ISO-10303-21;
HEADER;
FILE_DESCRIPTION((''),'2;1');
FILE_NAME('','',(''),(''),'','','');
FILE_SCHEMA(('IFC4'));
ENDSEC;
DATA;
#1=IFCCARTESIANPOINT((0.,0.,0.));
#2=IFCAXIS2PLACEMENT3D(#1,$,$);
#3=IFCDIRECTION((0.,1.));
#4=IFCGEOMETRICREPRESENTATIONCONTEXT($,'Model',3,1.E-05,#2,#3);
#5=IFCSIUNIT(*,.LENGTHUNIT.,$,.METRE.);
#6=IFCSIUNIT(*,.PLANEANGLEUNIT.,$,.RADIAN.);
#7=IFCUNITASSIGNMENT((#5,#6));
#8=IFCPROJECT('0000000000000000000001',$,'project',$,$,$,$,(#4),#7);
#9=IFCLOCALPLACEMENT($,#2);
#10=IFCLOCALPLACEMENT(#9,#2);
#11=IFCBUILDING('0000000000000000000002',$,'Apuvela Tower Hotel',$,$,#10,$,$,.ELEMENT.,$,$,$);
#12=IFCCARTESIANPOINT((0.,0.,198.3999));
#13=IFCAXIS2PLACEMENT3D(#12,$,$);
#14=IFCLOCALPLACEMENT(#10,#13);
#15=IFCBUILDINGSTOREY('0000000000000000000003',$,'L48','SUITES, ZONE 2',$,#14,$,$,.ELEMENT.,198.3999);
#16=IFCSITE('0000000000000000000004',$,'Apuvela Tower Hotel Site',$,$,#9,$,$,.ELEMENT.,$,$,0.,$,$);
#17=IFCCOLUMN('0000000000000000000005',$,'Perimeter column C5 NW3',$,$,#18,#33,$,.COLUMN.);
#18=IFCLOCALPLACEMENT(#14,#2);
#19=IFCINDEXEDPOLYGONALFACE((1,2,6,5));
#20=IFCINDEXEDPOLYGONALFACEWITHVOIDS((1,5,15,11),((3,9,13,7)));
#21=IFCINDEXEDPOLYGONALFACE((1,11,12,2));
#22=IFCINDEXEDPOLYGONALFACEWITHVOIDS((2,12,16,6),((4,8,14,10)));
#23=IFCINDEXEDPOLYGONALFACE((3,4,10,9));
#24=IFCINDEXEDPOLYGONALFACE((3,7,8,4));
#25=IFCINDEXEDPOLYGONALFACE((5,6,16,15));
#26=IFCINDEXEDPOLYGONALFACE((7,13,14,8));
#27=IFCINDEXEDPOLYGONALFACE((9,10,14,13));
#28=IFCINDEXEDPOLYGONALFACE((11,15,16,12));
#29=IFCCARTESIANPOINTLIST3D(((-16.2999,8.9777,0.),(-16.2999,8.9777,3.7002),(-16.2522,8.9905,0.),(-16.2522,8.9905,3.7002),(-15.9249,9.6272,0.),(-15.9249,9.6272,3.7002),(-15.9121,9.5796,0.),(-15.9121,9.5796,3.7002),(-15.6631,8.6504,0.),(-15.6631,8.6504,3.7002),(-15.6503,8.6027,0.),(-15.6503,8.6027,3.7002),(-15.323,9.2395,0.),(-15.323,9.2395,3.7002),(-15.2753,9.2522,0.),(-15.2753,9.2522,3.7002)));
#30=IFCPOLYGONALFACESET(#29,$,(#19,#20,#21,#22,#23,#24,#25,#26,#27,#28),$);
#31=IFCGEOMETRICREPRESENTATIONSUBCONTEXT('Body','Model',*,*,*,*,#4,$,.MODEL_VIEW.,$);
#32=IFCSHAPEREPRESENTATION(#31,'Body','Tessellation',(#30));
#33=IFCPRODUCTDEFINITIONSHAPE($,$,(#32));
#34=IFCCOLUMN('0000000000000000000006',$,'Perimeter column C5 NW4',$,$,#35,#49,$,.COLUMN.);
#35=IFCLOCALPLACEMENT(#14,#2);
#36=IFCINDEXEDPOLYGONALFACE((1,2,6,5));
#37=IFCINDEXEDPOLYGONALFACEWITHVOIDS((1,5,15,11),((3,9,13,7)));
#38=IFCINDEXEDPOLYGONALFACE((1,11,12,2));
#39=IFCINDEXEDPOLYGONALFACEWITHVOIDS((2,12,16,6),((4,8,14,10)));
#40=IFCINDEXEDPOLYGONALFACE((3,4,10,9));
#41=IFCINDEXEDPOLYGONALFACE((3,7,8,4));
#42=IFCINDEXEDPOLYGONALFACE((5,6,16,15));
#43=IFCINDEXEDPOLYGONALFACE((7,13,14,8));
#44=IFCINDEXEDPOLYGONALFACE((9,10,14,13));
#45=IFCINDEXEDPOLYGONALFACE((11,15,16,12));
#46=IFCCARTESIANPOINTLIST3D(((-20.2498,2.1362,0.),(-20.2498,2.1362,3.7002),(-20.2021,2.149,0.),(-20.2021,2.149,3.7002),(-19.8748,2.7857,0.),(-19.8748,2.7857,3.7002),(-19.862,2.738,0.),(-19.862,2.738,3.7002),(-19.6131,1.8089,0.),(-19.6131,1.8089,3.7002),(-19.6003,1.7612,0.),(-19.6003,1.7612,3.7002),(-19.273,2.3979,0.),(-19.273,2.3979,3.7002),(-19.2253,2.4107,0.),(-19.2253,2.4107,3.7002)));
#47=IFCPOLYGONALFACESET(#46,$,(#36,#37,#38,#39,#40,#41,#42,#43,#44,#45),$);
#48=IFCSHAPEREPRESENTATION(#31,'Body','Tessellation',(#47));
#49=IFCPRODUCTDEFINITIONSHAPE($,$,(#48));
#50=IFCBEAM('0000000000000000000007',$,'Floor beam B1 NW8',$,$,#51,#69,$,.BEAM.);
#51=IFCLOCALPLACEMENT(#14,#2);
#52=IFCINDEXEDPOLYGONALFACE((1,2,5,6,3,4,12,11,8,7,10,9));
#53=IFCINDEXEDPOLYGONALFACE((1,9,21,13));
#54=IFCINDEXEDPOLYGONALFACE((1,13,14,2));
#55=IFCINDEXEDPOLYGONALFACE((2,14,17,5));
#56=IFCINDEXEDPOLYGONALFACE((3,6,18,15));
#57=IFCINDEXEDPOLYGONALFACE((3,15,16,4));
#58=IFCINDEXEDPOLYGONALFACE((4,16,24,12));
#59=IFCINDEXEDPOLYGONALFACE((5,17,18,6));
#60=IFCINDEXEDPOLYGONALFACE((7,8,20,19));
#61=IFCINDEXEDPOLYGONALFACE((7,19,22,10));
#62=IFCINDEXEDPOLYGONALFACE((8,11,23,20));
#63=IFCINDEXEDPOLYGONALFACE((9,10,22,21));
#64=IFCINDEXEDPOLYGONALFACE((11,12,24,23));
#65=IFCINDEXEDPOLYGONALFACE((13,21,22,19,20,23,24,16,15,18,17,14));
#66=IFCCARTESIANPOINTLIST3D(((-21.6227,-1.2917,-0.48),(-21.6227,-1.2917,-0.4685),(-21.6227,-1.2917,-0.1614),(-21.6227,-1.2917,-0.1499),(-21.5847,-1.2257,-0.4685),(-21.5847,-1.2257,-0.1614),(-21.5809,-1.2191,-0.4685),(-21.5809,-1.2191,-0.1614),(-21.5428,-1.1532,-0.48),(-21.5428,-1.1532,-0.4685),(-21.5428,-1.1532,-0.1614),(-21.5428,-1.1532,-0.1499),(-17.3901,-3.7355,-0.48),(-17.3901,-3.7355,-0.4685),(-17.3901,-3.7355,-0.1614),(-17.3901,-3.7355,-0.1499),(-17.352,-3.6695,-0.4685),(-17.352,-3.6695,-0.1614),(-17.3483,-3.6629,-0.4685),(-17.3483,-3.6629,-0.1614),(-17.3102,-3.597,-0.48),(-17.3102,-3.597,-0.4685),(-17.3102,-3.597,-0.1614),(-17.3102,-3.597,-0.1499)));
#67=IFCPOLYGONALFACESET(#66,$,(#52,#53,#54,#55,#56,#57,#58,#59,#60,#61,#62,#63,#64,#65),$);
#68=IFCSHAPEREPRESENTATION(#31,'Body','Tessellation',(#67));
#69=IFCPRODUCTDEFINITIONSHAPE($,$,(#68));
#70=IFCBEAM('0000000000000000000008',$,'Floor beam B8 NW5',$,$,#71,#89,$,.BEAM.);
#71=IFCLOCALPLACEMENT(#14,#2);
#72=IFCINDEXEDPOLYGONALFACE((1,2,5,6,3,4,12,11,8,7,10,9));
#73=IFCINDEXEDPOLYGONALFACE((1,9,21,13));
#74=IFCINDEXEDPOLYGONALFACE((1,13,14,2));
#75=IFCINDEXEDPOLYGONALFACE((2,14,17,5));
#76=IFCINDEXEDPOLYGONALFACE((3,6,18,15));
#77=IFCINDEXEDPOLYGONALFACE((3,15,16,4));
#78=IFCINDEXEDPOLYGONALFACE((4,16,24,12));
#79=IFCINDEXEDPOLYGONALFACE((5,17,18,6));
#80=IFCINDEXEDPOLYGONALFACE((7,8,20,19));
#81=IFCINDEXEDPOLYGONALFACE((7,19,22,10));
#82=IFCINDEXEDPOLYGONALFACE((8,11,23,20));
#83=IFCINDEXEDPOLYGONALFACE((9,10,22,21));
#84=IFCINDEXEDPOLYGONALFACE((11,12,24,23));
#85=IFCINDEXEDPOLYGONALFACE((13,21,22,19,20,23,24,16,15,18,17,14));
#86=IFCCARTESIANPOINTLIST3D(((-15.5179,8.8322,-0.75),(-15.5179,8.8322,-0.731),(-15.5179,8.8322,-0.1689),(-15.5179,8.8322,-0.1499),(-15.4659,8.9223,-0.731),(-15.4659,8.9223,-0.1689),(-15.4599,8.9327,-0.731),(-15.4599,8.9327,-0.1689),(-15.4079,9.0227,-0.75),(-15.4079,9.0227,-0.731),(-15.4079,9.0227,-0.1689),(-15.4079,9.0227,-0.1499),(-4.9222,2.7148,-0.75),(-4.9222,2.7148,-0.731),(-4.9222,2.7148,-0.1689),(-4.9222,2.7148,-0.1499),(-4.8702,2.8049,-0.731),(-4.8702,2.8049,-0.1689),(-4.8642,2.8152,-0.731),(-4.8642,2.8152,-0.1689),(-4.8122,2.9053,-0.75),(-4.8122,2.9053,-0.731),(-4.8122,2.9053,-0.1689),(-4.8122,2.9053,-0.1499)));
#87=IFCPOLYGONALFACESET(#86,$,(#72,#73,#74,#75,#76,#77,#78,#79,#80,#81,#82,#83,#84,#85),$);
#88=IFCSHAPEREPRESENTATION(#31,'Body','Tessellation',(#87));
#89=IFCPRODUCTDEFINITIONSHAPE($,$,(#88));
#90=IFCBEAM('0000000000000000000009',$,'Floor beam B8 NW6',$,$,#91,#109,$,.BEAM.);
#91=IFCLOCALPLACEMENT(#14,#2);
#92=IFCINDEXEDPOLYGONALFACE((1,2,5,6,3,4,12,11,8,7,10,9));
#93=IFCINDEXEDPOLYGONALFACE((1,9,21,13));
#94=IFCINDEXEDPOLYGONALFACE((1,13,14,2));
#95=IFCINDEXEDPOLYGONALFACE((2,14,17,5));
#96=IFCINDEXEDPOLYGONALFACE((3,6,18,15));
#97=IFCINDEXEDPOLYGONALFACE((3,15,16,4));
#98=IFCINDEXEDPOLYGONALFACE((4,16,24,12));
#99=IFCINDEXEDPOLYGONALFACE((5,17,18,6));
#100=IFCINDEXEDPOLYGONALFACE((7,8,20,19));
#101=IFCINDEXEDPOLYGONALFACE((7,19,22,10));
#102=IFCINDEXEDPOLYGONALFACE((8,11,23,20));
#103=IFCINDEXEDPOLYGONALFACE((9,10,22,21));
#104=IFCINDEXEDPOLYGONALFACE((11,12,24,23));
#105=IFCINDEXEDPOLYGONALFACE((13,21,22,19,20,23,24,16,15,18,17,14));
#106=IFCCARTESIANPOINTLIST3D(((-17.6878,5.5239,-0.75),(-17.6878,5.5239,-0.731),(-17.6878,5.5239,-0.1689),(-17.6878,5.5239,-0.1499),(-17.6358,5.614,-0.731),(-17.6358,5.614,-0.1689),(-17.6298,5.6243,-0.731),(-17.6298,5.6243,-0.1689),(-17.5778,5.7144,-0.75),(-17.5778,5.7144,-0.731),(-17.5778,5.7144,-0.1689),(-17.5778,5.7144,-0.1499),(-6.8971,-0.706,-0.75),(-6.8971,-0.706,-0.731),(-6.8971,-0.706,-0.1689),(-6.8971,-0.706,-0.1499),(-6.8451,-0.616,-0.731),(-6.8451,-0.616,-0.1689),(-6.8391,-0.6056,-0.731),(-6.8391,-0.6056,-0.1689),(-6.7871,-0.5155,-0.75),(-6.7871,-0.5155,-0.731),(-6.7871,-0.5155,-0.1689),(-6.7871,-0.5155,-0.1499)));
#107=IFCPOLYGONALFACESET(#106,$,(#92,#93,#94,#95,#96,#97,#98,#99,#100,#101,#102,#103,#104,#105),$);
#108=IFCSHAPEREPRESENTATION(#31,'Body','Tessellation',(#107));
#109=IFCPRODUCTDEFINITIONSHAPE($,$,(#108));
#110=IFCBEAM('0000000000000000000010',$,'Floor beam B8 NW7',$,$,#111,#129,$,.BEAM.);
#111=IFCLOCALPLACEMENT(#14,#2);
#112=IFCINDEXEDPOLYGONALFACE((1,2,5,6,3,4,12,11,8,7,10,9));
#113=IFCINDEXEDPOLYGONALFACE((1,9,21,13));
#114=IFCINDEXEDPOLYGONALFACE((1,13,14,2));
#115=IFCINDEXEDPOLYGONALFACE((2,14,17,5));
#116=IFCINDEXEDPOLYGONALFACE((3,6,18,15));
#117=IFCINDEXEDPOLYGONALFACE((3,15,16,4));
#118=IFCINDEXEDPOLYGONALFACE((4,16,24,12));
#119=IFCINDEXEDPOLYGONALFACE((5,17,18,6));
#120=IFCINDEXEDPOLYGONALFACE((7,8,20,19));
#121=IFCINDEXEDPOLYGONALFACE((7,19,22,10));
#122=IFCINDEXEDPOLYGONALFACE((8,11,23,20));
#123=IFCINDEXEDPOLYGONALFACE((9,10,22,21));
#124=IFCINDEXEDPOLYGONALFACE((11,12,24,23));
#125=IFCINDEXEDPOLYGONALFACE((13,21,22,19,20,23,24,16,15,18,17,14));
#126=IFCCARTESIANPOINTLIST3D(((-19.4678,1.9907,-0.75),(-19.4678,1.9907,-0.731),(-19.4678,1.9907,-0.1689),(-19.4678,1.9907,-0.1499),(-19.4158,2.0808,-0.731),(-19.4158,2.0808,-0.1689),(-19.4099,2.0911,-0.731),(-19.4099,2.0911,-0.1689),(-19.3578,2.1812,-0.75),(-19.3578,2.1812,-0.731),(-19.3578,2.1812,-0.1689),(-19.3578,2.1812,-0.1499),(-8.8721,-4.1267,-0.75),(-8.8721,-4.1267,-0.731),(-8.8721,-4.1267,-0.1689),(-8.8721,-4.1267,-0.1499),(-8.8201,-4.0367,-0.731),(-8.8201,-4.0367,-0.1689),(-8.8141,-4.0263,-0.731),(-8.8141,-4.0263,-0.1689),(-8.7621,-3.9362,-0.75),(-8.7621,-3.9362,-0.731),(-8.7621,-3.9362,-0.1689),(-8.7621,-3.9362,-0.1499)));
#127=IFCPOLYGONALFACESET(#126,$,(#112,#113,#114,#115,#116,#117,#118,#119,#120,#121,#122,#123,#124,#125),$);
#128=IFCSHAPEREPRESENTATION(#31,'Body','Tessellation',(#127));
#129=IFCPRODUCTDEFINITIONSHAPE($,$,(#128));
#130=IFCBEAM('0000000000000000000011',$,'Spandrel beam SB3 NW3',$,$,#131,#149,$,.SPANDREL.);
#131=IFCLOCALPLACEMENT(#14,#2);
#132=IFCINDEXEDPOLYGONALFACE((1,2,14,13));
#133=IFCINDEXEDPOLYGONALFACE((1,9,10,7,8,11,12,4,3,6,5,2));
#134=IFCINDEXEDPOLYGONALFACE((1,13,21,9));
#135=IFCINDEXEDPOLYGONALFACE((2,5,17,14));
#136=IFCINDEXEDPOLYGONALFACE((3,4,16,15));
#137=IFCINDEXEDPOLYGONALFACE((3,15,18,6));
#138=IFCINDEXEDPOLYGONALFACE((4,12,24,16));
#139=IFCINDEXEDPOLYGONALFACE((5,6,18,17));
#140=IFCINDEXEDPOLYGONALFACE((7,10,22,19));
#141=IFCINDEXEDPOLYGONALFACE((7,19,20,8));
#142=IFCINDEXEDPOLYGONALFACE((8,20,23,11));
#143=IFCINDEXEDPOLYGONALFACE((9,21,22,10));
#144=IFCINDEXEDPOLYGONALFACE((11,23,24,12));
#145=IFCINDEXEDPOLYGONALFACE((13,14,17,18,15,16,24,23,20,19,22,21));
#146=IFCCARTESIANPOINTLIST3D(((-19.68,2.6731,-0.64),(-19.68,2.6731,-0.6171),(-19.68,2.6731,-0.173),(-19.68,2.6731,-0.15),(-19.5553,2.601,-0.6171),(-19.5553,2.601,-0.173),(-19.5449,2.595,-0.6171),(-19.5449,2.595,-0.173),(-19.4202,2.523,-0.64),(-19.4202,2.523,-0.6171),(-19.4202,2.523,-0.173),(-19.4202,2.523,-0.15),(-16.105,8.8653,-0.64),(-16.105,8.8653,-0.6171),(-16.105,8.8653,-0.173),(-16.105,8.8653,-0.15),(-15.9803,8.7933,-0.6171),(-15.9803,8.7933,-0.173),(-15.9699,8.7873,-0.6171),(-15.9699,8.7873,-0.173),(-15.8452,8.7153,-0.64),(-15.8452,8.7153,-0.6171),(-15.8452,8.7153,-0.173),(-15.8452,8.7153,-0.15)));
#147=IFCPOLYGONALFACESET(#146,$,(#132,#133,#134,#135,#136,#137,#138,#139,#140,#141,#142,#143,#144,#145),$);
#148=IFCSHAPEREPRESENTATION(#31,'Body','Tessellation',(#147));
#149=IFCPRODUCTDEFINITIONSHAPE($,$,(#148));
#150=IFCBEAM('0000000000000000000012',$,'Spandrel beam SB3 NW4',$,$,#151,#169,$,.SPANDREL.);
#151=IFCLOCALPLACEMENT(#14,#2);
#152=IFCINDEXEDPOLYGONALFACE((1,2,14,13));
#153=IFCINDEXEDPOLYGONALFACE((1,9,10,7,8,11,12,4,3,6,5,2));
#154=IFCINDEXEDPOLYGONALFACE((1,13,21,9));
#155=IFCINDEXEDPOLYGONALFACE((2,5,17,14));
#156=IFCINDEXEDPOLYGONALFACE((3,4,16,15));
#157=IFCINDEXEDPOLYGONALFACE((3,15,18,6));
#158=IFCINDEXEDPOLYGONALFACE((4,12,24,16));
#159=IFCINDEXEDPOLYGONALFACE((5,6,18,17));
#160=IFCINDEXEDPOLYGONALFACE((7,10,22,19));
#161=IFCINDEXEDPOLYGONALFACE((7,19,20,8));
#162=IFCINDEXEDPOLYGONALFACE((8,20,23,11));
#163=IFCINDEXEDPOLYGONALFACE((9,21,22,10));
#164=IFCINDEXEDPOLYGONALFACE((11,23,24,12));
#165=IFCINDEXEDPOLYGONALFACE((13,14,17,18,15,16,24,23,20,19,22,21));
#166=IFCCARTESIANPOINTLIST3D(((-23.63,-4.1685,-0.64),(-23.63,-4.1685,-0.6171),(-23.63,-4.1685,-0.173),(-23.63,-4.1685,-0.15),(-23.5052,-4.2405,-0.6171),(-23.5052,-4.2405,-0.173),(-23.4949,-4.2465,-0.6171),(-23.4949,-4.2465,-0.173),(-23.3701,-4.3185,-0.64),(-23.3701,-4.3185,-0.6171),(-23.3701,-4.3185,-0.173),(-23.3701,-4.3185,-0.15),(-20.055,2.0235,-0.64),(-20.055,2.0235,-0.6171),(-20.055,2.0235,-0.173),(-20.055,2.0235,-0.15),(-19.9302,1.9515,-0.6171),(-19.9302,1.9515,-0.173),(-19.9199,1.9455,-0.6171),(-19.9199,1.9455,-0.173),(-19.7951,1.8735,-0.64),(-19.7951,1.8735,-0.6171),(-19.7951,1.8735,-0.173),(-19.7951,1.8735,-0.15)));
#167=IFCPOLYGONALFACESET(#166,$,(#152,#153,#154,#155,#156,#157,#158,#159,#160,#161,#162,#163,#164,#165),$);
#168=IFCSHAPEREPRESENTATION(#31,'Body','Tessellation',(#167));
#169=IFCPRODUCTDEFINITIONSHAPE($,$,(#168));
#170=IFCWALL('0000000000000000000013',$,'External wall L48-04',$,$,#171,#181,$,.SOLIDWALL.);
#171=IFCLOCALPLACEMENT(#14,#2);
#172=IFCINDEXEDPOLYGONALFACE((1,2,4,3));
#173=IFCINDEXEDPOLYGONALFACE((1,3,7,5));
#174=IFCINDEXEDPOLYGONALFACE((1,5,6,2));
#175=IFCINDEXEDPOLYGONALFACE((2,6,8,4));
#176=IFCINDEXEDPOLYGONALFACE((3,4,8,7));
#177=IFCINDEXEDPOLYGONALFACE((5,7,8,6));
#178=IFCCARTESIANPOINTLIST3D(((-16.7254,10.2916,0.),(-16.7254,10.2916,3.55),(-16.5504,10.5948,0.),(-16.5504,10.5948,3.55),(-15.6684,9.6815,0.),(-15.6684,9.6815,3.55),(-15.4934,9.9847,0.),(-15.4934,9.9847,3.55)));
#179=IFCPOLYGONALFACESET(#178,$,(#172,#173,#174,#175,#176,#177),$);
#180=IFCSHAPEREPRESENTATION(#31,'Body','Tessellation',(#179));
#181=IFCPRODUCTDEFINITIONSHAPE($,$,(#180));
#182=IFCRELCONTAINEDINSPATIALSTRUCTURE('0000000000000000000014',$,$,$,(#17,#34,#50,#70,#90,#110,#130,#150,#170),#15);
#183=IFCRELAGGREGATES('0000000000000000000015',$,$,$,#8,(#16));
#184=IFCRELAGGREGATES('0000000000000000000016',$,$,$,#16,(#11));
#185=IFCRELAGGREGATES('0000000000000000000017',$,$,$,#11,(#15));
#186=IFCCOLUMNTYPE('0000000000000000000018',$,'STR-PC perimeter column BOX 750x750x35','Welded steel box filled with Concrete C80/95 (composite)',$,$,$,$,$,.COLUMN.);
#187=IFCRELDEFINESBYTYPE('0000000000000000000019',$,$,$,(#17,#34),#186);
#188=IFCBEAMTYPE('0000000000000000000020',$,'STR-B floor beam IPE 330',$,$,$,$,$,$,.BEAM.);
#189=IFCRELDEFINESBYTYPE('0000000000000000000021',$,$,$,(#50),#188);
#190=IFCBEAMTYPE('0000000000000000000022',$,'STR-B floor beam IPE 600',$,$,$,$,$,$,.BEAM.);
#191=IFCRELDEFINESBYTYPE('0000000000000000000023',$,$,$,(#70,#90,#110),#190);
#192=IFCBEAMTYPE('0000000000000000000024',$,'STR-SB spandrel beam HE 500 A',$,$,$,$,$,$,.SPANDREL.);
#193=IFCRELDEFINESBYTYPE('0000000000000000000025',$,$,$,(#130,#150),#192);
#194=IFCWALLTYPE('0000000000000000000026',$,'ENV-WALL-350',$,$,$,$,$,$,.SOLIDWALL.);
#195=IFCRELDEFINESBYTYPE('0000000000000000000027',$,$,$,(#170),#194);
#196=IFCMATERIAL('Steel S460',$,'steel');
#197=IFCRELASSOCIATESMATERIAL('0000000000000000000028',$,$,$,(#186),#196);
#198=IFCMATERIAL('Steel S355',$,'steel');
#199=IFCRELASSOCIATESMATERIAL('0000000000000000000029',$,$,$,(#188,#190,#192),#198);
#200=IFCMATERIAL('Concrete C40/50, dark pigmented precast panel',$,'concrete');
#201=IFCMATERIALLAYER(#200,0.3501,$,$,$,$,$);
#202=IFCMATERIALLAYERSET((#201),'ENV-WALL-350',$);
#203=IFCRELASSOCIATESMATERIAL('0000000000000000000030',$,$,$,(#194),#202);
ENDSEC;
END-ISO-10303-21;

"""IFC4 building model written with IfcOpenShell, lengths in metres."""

from ifc_helpers import new_model, si_unit, direction, frame, frame_2d, origin, origin_2d, place, context, subcontext, project, spatial, rectangle, hollow_rectangle, i_section, extrude, material, layer, layer_set, material_profile, profile_set, type_object, element, save


model = new_model("IFC4")

# Units and contexts
model_context = context("Model", 3, precision=1e-05, world=origin(), true_north=direction((0.0, 1.0)))
body_context = subcontext(model_context, "Body", "Model", "MODEL_VIEW")
ifc_project = project(units=[si_unit("LENGTHUNIT", "METRE"), si_unit("PLANEANGLEUNIT", "RADIAN")], contexts=[model_context])

# Site, building, storey
site_placement = place(None, origin())
site = spatial("IfcSite", under=ifc_project, at=site_placement, Name="Apuvela Tower Hotel Site", CompositionType="ELEMENT", RefElevation=0.0)
building_placement = place(site_placement, origin())
building = spatial("IfcBuilding", under=site, at=building_placement, Name="Apuvela Tower Hotel", CompositionType="ELEMENT")
storey_placement = place(building_placement, frame((0.0, 0.0, 198.3999)))
storey = spatial("IfcBuildingStorey", under=building, at=storey_placement, Name="L48", Description="SUITES, ZONE 2", CompositionType="ELEMENT", Elevation=198.3999)

# Columns
ifc_material_1 = material(Name="Steel S460", Category="steel")
ifc_material_profile_1 = material_profile(ifc_material_1, hollow_rectangle(XDim=0.75, YDim=0.75, WallThickness=0.0349, at=origin_2d()), Name="BOX 750x750x35")
ifc_material_2 = material(Name="Concrete C80/95", Category="concrete")
ifc_material_profile_2 = material_profile(ifc_material_2, rectangle(XDim=0.6799, YDim=0.6799, at=origin_2d()), Name="Concrete C80/95 infill")
ifc_profile_set_1 = profile_set([ifc_material_profile_1, ifc_material_profile_2], Name="Steel S460")
column_type = type_object("IfcColumnType", Name="STR-PC perimeter column BOX 750x750x35", Description="Welded steel box filled with Concrete C80/95 (composite)", PredefinedType="COLUMN", material=ifc_profile_set_1)
for number, where, z_axis, x_axis, name in (
    (1, (-15.7876, 9.115, 0.0), (0.0, 0.0, 1.0), (0.5, 0.866025, 0.0), "Perimeter column C5 NW3"),
    (2, (-19.7375, 2.2734, 0.0), (0.0, 0.0, 1.0), (0.5, 0.866025, 0.0), "Perimeter column C5 NW4"),
):
    element("IfcColumn", number, at=place(storey_placement, frame(where, z_axis=z_axis, x_axis=x_axis)), inside=storey, type_object=column_type, Name=name, PredefinedType="COLUMN", context=body_context, shape_type="SweptSolid", body=[
        extrude(hollow_rectangle(XDim=0.75, YDim=0.75, WallThickness=0.0349, at=origin_2d()), origin(), (0.0, 0.0, 1.0), 3.7002),
    ])

# Beams
ifc_material_3 = material(Name="Steel S355", Category="steel")
ifc_material_profile_3 = material_profile(ifc_material_3, i_section(OverallWidth=0.1599, OverallDepth=0.3301, WebThickness=0.0076, FlangeThickness=0.0115, at=origin_2d()), Name="IPE 330")
ifc_profile_set_2 = profile_set([ifc_material_profile_3], Name="Steel S355")
beam_type_1 = type_object("IfcBeamType", Name="STR-B floor beam IPE 330", PredefinedType="BEAM", material=ifc_profile_set_2)
beam_1_placement = place(storey_placement, frame((-21.5828, -1.2224, -0.3149), z_axis=(0.866015, -0.500018, 0.0), x_axis=(0.500018, 0.866015, 0.0)))
element("IfcBeam", 3, at=beam_1_placement, inside=storey, type_object=beam_type_1, Name="Floor beam B1 NW8", PredefinedType="BEAM", context=body_context, shape_type="SweptSolid", body=[
    extrude(i_section(OverallWidth=0.1599, OverallDepth=0.3301, WebThickness=0.0076, FlangeThickness=0.0115, at=origin_2d()), origin(), (0.0, 0.0, 1.0), 4.8875),
])
ifc_material_profile_4 = material_profile(ifc_material_3, i_section(OverallWidth=0.22, OverallDepth=0.6001, WebThickness=0.012, FlangeThickness=0.019, at=origin_2d()), Name="IPE 600")
ifc_profile_set_3 = profile_set([ifc_material_profile_4], Name="Steel S355")
beam_type_2 = type_object("IfcBeamType", Name="STR-B floor beam IPE 600", PredefinedType="BEAM", material=ifc_profile_set_3)
beam_2_placement = place(storey_placement, frame((-15.4629, 8.9275, -0.45), z_axis=(0.866025, -0.5, 0.0), x_axis=(0.5, 0.866025, 0.0)))
element("IfcBeam", 4, at=beam_2_placement, inside=storey, type_object=beam_type_2, Name="Floor beam B8 NW5", PredefinedType="BEAM", context=body_context, shape_type="SweptSolid", body=[
    extrude(i_section(OverallWidth=0.22, OverallDepth=0.6001, WebThickness=0.012, FlangeThickness=0.019, at=origin_2d()), origin(), (0.0, 0.0, 1.0), 12.2349),
])
beam_3_placement = place(storey_placement, frame((-17.6328, 5.6191, -0.45), z_axis=(0.866028, -0.499996, 0.0), x_axis=(0.499996, 0.866028, 0.0)))
element("IfcBeam", 5, at=beam_3_placement, inside=storey, type_object=beam_type_2, Name="Floor beam B8 NW6", PredefinedType="BEAM", context=body_context, shape_type="SweptSolid", body=[
    extrude(i_section(OverallWidth=0.22, OverallDepth=0.6001, WebThickness=0.012, FlangeThickness=0.019, at=origin_2d()), origin(), (0.0, 0.0, 1.0), 12.46),
])
beam_4_placement = place(storey_placement, frame((-19.4128, 2.0859, -0.45), z_axis=(0.866025, -0.5, 0.0), x_axis=(0.5, 0.866025, 0.0)))
element("IfcBeam", 6, at=beam_4_placement, inside=storey, type_object=beam_type_2, Name="Floor beam B8 NW7", PredefinedType="BEAM", context=body_context, shape_type="SweptSolid", body=[
    extrude(i_section(OverallWidth=0.22, OverallDepth=0.6001, WebThickness=0.012, FlangeThickness=0.019, at=origin_2d()), origin(), (0.0, 0.0, 1.0), 12.2349),
])
ifc_material_profile_5 = material_profile(ifc_material_3, i_section(OverallWidth=0.3, OverallDepth=0.49, WebThickness=0.012, FlangeThickness=0.0229, at=origin_2d()), Name="HE 500 A")
ifc_profile_set_4 = profile_set([ifc_material_profile_5], Name="Steel S355")
beam_type_3 = type_object("IfcBeamType", Name="STR-SB spandrel beam HE 500 A", PredefinedType="SPANDREL", material=ifc_profile_set_4)
beam_5_placement = place(storey_placement, frame((-15.9751, 8.7903, -0.395), z_axis=(-0.499991, -0.86603, 0.0), x_axis=(0.86603, -0.499991, 0.0)))
element("IfcBeam", 7, at=beam_5_placement, inside=storey, type_object=beam_type_3, Name="Spandrel beam SB3 NW3", PredefinedType="SPANDREL", context=body_context, shape_type="SweptSolid", body=[
    extrude(i_section(OverallWidth=0.3, OverallDepth=0.49, WebThickness=0.012, FlangeThickness=0.0229, at=origin_2d()), origin(), (0.0, 0.0, 1.0), 7.1501),
])
beam_6_placement = place(storey_placement, frame((-19.925, 1.9485, -0.395), z_axis=(-0.500006, -0.866022, 0.0), x_axis=(0.866022, -0.500006, 0.0)))
element("IfcBeam", 8, at=beam_6_placement, inside=storey, type_object=beam_type_3, Name="Spandrel beam SB3 NW4", PredefinedType="SPANDREL", context=body_context, shape_type="SweptSolid", body=[
    extrude(i_section(OverallWidth=0.3, OverallDepth=0.49, WebThickness=0.012, FlangeThickness=0.0229, at=origin_2d()), origin(), (0.0, 0.0, 1.0), 7.1499),
])

# Wall
ifc_material_4 = material(Name="Concrete C40/50, dark pigmented precast panel", Category="concrete")
ifc_layer_1 = layer(ifc_material_4, 0.3501)
ifc_layer_set_1 = layer_set([ifc_layer_1], Name="ENV-WALL-350")
wall_type_1 = type_object("IfcWallType", Name="ENV-WALL-350", PredefinedType="SOLIDWALL", material=ifc_layer_set_1)
wall_1_placement = place(storey_placement, frame((-15.5808, 9.833, 0.0), z_axis=(0.0, 0.0, 1.0), x_axis=(-0.866056, 0.499948, 0.0)))
element("IfcWall", 9, at=wall_1_placement, inside=storey, type_object=wall_type_1, Name="External wall L48-04", PredefinedType="SOLIDWALL", context=body_context, shape_type="SweptSolid", body=[
    extrude(rectangle(XDim=1.2205, YDim=0.3501, at=frame_2d((0.6104, 0.0))), origin(), (0.0, 0.0, 1.0), 3.55),
])

save(model, "model.ifc")
